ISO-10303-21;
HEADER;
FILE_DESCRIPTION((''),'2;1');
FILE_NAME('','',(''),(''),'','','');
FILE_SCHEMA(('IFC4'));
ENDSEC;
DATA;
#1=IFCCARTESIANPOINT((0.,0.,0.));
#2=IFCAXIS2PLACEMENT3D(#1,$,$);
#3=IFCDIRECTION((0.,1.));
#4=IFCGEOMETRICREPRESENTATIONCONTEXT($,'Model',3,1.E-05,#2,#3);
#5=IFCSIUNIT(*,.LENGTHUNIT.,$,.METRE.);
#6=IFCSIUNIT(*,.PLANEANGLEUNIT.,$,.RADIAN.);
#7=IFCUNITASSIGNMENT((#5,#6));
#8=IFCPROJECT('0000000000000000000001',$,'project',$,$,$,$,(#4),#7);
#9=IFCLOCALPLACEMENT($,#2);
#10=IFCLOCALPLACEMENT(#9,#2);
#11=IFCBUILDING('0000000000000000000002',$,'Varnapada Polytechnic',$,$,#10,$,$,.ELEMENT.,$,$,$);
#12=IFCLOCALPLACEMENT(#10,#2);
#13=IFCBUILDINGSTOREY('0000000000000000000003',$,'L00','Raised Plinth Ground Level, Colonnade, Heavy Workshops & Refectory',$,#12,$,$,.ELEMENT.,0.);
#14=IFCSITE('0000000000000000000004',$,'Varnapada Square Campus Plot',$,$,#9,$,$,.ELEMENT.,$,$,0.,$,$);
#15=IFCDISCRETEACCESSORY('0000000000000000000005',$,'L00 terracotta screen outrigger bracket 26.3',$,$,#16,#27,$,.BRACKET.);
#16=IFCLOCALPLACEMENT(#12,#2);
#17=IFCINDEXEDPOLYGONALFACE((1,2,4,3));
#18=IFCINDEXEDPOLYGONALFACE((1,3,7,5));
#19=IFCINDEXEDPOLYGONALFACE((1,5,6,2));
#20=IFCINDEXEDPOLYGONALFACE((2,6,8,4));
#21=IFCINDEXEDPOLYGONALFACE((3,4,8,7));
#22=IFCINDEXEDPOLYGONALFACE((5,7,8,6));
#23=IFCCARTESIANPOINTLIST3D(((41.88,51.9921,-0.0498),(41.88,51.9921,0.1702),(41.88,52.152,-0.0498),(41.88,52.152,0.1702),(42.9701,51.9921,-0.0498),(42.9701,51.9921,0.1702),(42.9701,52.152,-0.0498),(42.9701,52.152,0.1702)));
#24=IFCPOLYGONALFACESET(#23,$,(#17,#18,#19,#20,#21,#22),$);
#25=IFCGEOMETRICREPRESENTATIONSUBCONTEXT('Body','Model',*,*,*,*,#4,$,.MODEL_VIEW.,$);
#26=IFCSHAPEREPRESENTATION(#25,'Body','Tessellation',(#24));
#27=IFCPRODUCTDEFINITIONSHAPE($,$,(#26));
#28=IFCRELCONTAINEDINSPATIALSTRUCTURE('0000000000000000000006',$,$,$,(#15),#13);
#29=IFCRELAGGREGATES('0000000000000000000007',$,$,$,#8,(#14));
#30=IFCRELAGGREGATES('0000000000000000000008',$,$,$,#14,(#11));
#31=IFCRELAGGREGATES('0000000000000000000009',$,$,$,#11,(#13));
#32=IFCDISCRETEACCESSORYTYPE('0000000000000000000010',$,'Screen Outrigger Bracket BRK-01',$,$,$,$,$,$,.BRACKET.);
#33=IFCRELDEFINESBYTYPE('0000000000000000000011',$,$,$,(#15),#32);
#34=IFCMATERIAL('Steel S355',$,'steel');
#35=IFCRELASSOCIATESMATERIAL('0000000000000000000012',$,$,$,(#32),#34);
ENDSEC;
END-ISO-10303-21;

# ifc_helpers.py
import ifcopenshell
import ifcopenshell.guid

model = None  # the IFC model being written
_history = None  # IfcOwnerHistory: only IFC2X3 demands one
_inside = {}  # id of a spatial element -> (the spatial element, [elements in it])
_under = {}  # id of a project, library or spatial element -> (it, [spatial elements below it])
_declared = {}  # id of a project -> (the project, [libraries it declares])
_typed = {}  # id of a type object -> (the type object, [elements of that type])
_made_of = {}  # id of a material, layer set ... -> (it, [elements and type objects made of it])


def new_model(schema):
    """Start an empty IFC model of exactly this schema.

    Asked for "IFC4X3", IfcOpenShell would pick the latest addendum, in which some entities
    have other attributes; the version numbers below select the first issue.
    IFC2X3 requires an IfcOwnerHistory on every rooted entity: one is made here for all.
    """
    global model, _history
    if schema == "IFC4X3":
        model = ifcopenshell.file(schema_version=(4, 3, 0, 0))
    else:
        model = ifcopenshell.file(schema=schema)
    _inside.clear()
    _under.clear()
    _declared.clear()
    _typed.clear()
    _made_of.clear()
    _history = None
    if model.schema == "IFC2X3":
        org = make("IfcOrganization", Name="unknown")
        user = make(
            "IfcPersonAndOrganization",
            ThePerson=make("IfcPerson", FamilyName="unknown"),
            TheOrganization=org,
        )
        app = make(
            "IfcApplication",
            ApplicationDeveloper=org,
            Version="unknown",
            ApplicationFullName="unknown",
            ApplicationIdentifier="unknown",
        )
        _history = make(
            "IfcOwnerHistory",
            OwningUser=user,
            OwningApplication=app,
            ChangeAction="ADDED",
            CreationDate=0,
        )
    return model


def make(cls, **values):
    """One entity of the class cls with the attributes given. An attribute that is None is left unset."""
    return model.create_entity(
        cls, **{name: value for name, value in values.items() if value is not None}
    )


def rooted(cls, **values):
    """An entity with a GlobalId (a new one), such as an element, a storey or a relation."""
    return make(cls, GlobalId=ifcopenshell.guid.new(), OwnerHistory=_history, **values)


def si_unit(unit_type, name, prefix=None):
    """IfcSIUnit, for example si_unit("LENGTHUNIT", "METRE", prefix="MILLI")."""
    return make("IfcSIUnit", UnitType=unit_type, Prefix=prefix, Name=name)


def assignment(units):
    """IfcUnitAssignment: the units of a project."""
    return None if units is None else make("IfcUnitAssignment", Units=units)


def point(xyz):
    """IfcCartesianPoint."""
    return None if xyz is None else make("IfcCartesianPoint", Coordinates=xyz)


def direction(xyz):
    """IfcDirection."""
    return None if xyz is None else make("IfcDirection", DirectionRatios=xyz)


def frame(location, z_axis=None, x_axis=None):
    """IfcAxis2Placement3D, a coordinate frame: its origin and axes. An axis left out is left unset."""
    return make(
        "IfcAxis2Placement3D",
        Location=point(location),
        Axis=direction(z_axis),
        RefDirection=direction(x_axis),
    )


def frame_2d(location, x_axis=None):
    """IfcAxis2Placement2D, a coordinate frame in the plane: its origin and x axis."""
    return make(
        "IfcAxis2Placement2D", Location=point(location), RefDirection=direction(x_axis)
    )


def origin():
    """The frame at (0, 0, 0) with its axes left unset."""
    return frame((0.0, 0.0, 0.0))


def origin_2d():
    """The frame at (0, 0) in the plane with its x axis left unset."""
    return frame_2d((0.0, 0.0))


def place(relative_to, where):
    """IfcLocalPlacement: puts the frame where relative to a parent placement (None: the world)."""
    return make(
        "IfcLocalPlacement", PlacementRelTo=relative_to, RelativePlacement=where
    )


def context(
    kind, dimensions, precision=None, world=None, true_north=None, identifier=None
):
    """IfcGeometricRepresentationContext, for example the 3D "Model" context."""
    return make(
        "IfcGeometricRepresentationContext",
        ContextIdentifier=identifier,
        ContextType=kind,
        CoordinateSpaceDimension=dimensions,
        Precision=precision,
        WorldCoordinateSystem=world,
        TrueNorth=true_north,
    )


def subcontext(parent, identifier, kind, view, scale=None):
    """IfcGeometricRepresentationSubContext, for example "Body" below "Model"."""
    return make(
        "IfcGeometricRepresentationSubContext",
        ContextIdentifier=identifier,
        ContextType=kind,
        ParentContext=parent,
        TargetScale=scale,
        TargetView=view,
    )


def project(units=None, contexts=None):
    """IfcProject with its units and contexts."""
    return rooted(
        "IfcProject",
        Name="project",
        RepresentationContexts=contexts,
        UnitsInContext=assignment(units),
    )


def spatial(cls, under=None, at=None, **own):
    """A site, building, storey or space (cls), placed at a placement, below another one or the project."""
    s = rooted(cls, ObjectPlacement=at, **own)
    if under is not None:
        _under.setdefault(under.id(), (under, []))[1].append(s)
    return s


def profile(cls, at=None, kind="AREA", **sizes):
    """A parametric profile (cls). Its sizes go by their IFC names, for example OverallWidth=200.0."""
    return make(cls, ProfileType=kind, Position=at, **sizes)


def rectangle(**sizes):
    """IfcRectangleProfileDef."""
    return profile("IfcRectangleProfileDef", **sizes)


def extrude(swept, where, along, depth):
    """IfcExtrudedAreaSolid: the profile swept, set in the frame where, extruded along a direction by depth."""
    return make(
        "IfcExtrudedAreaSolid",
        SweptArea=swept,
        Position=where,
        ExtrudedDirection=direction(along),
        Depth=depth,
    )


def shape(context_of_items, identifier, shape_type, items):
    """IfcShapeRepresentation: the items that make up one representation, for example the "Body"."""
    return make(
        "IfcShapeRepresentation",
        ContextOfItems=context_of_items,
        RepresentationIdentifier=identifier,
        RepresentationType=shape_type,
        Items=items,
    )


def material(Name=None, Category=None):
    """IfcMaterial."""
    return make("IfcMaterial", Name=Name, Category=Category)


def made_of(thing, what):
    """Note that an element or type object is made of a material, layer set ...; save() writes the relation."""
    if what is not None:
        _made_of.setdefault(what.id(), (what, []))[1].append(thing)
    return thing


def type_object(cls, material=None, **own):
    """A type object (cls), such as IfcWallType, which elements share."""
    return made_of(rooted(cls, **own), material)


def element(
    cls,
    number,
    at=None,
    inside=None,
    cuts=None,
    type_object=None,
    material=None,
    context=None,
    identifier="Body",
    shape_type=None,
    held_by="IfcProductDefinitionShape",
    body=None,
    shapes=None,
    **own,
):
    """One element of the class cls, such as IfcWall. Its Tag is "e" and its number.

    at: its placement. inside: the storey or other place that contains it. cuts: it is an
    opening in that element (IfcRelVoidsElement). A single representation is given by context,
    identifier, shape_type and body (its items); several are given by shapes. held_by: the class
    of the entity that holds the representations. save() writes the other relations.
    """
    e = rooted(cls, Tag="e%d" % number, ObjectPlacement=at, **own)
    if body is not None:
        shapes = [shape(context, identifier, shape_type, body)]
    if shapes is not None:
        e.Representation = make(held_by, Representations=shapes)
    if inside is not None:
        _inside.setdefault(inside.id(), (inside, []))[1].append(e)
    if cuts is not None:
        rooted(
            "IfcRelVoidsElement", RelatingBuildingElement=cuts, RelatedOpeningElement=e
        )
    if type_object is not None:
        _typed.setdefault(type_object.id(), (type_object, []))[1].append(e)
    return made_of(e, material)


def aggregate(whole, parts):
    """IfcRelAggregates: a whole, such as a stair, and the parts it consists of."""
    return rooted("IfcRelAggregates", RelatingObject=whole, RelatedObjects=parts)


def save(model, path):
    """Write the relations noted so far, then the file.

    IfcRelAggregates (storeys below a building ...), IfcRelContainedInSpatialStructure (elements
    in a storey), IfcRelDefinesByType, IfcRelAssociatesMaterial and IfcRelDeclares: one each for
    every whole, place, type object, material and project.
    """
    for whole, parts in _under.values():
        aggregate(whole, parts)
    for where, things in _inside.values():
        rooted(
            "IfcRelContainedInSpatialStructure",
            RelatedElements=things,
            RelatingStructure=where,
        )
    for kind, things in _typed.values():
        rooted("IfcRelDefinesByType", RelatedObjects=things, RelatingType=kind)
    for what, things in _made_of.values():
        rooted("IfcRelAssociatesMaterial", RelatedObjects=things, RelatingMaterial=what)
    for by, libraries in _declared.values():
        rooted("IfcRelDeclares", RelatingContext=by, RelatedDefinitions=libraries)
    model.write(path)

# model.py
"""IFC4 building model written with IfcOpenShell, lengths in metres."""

from ifc_helpers import new_model, si_unit, direction, frame, origin, origin_2d, place, context, subcontext, project, spatial, rectangle, extrude, material, type_object, element, save


model = new_model("IFC4")

# Units and contexts
model_context = context("Model", 3, precision=1e-05, world=origin(), true_north=direction((0.0, 1.0)))
body_context = subcontext(model_context, "Body", "Model", "MODEL_VIEW")
ifc_project = project(units=[si_unit("LENGTHUNIT", "METRE"), si_unit("PLANEANGLEUNIT", "RADIAN")], contexts=[model_context])

# Site, building, storey
site_placement = place(None, origin())
site = spatial("IfcSite", under=ifc_project, at=site_placement, Name="Varnapada Square Campus Plot", CompositionType="ELEMENT", RefElevation=0.0)
building_placement = place(site_placement, origin())
building = spatial("IfcBuilding", under=site, at=building_placement, Name="Varnapada Polytechnic", CompositionType="ELEMENT")
storey_placement = place(building_placement, origin())
storey = spatial("IfcBuildingStorey", under=building, at=storey_placement, Name="L00", Description="Raised Plinth Ground Level, Colonnade, Heavy Workshops & Refectory", CompositionType="ELEMENT", Elevation=0.0)

# Discrete accessory
ifc_material_1 = material(Name="Steel S355", Category="steel")
discrete_accessory_type = type_object("IfcDiscreteAccessoryType", Name="Screen Outrigger Bracket BRK-01", PredefinedType="BRACKET", material=ifc_material_1)
for number, where, z_axis, x_axis, name in (
    (1, (42.425, 52.072, -0.0498), (0.0, 0.0, 1.0), (0.0, -1.0, 0.0), "L00 terracotta screen outrigger bracket 26.3"),
):
    element("IfcDiscreteAccessory", number, at=place(storey_placement, frame(where, z_axis=z_axis, x_axis=x_axis)), inside=storey, type_object=discrete_accessory_type, Name=name, PredefinedType="BRACKET", context=body_context, shape_type="SweptSolid", body=[
        extrude(rectangle(XDim=0.1599, YDim=1.0901, at=origin_2d()), origin(), (0.0, 0.0, 1.0), 0.22),
    ])

save(model, "model.ifc")
